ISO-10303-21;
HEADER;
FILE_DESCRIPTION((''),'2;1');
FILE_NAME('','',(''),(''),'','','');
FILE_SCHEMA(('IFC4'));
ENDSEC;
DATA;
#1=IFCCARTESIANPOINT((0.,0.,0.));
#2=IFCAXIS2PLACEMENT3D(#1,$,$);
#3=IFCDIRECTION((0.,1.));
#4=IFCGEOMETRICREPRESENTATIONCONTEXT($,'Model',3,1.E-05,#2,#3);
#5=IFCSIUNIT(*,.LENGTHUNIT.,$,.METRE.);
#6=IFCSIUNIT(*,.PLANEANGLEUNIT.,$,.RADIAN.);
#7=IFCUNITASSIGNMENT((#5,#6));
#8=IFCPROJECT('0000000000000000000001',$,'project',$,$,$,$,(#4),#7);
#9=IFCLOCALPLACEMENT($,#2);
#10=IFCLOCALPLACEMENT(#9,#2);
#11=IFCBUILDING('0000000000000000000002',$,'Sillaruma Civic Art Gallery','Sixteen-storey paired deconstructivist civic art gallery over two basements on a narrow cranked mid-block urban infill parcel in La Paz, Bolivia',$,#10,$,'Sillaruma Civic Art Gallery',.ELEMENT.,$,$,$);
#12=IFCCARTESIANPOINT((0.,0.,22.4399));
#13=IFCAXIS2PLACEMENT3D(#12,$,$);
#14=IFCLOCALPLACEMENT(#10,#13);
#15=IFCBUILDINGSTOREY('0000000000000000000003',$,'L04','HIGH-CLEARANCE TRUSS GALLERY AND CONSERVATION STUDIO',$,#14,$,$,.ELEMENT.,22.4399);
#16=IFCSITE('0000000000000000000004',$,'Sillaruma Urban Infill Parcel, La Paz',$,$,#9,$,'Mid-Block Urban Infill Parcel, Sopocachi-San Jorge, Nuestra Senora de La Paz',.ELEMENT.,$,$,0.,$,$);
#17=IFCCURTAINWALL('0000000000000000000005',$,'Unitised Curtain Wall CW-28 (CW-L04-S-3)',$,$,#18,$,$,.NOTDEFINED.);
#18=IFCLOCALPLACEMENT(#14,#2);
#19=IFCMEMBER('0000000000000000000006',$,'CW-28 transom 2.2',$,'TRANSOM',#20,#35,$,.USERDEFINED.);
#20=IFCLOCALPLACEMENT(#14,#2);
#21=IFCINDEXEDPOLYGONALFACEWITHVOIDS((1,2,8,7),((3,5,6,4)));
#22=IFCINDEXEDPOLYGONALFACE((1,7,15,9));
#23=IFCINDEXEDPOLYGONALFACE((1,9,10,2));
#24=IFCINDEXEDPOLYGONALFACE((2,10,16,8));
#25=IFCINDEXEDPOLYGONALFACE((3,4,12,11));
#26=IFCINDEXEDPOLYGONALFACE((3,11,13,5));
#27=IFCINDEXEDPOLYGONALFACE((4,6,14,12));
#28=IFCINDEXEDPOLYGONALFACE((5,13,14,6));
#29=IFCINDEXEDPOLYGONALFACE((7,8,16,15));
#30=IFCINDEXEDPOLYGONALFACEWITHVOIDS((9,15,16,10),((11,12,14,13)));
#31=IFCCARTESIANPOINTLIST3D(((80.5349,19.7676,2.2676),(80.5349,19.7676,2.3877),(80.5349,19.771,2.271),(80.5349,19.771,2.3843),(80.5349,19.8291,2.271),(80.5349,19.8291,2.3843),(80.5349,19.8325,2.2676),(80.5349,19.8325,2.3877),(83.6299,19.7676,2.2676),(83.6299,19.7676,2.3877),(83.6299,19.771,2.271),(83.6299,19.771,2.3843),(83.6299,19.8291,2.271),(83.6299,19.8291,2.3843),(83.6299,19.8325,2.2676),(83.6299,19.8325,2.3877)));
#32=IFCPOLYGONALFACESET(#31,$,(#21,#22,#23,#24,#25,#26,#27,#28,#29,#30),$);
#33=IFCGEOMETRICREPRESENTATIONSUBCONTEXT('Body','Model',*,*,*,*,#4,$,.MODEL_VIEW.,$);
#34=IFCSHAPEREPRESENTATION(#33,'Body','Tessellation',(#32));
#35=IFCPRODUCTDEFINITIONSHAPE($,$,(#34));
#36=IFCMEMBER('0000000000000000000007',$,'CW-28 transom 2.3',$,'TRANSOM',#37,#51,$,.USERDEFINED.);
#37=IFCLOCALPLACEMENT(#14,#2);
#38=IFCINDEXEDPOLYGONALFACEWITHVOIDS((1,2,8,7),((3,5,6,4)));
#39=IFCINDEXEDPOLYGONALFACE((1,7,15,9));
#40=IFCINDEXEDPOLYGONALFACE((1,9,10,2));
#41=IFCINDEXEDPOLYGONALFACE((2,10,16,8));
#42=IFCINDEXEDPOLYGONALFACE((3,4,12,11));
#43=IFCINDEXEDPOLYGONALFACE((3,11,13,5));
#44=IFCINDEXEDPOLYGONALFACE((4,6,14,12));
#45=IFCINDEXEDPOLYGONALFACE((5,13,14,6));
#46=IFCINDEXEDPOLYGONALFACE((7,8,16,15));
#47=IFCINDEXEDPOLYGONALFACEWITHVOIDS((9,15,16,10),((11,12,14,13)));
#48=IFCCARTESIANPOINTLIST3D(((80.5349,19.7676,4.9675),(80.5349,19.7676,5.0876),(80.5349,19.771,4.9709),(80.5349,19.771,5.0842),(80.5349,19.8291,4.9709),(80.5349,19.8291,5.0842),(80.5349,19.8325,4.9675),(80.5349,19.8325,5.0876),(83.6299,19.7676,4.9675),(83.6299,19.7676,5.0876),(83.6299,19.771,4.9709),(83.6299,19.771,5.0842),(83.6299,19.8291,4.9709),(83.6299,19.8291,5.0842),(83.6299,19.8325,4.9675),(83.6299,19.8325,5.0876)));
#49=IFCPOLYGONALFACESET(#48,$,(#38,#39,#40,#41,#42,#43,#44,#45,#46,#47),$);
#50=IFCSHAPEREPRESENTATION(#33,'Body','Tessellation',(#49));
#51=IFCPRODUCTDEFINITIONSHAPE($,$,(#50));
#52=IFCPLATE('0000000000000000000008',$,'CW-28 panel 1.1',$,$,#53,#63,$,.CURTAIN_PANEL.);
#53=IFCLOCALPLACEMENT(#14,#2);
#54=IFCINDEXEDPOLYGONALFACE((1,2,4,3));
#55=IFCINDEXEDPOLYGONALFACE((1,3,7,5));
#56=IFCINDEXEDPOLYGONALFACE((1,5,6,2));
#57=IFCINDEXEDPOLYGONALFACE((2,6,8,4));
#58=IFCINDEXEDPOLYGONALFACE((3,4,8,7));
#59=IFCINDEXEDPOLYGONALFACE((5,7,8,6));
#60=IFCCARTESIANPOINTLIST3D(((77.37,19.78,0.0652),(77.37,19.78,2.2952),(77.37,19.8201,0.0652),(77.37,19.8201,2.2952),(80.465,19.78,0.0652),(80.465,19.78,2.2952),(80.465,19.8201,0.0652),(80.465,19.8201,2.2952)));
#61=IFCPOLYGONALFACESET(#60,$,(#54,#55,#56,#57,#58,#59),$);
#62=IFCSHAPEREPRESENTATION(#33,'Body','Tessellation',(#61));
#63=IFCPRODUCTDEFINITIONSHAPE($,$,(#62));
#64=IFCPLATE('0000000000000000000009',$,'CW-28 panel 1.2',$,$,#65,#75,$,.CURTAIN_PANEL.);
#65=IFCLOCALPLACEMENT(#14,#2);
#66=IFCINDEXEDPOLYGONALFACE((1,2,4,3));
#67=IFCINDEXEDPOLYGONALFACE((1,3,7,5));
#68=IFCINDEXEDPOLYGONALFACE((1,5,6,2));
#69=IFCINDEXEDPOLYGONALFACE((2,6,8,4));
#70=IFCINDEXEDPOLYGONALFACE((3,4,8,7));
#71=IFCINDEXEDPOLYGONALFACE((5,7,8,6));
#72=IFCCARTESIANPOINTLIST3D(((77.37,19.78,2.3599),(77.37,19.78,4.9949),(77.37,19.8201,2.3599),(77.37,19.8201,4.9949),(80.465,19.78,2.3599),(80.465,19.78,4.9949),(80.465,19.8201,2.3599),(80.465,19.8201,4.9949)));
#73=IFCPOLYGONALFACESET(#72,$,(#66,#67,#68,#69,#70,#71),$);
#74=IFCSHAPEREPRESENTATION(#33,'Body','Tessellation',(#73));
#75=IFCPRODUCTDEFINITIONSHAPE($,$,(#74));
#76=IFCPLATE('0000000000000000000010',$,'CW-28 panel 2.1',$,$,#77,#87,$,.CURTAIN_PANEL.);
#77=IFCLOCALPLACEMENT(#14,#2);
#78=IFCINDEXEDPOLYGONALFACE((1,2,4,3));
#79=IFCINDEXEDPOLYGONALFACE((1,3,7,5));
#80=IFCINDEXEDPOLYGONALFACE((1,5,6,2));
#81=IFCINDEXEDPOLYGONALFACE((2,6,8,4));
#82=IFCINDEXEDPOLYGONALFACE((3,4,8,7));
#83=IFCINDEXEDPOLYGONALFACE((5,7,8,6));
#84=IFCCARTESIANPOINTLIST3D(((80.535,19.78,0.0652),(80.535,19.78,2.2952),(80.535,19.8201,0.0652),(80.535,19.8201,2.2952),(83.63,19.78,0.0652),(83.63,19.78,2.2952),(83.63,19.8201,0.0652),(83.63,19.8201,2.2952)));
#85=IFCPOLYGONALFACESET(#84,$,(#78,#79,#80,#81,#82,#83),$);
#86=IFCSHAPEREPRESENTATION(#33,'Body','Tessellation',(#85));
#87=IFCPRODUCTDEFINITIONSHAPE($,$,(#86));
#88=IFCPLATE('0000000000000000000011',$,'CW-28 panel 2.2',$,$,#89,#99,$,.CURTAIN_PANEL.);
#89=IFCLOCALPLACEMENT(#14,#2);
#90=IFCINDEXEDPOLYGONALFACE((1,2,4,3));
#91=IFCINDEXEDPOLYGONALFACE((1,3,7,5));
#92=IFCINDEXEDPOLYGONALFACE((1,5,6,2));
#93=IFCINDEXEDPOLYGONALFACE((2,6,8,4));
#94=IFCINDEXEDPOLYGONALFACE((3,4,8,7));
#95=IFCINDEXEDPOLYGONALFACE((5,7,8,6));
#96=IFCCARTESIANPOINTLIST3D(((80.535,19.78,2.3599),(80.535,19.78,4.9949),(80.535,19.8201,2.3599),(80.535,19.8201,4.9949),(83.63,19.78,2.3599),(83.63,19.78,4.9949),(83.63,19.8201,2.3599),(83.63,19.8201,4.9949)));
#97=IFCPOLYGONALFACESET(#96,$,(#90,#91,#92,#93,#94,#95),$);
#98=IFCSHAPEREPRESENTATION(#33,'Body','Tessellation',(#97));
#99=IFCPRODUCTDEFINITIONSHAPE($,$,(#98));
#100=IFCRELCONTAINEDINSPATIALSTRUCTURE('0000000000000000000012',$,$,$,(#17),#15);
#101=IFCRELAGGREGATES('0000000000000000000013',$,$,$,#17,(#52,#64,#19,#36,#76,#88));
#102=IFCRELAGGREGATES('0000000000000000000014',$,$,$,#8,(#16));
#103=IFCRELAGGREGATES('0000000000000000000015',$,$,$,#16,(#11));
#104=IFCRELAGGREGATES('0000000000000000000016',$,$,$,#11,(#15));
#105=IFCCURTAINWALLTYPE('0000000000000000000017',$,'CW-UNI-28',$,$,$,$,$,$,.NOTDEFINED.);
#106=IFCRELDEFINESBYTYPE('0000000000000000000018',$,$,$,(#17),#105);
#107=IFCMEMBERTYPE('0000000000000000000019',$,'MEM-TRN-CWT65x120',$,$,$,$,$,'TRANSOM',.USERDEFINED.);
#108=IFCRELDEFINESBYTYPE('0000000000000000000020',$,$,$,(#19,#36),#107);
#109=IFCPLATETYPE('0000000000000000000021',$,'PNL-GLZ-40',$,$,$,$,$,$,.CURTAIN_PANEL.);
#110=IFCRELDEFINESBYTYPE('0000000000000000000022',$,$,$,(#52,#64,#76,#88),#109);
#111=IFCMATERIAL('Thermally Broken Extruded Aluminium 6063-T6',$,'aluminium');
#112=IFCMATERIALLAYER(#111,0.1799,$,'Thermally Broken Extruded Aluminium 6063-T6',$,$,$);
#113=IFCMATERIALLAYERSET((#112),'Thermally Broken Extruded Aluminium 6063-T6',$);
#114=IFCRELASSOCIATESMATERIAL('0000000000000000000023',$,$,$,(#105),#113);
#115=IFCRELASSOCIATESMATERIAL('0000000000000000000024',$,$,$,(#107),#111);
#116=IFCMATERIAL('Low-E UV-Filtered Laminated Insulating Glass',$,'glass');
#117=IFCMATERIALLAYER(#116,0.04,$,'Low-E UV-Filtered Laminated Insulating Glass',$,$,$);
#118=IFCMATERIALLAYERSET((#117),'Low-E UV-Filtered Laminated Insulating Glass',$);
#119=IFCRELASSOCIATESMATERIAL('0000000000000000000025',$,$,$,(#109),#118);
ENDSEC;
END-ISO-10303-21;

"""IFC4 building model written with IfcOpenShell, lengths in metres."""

from ifc_helpers import new_model, si_unit, direction, frame, origin, origin_2d, place, context, subcontext, project, spatial, rectangle, hollow_rectangle, extrude, material, layer, layer_set, material_profile, profile_set, type_object, element, aggregate, save


model = new_model("IFC4")

# Units and contexts
model_context = context("Model", 3, precision=1e-05, world=origin(), true_north=direction((0.0, 1.0)))
body_context = subcontext(model_context, "Body", "Model", "MODEL_VIEW")
ifc_project = project(units=[si_unit("LENGTHUNIT", "METRE"), si_unit("PLANEANGLEUNIT", "RADIAN")], contexts=[model_context])

# Site, building, storey
site_placement = place(None, origin())
site = spatial("IfcSite", under=ifc_project, at=site_placement, Name="Sillaruma Urban Infill Parcel, La Paz", LongName="Mid-Block Urban Infill Parcel, Sopocachi-San Jorge, Nuestra Senora de La Paz", CompositionType="ELEMENT", RefElevation=0.0)
building_placement = place(site_placement, origin())
building = spatial("IfcBuilding", under=site, at=building_placement, Name="Sillaruma Civic Art Gallery", Description="Sixteen-storey paired deconstructivist civic art gallery over two basements on a narrow cranked mid-block urban infill parcel in La Paz, Bolivia", LongName="Sillaruma Civic Art Gallery", CompositionType="ELEMENT")
storey_placement = place(building_placement, frame((0.0, 0.0, 22.4399)))
storey = spatial("IfcBuildingStorey", under=building, at=storey_placement, Name="L04", Description="HIGH-CLEARANCE TRUSS GALLERY AND CONSERVATION STUDIO", CompositionType="ELEMENT", Elevation=22.4399)

# Curtain wall, members, plates
ifc_material_1 = material(Name="Thermally Broken Extruded Aluminium 6063-T6", Category="aluminium")
ifc_layer_1 = layer(ifc_material_1, 0.1799, Name="Thermally Broken Extruded Aluminium 6063-T6")
ifc_layer_set_1 = layer_set([ifc_layer_1], Name="Thermally Broken Extruded Aluminium 6063-T6")
curtain_wall_type = type_object("IfcCurtainWallType", Name="CW-UNI-28", PredefinedType="NOTDEFINED", material=ifc_layer_set_1)
curtain_wall_placement = place(storey_placement, origin())
curtain_wall = element("IfcCurtainWall", 1, at=curtain_wall_placement, inside=storey, type_object=curtain_wall_type, Name="Unitised Curtain Wall CW-28 (CW-L04-S-3)", PredefinedType="NOTDEFINED")
ifc_material_profile_1 = material_profile(ifc_material_1, hollow_rectangle(XDim=0.0649, YDim=0.1201, WallThickness=0.0034, at=origin_2d()), Name="CWT65x120")
ifc_profile_set_1 = profile_set([ifc_material_profile_1], Name="Thermally Broken Extruded Aluminium 6063-T6")
member_type_1 = type_object("IfcMemberType", Name="MEM-TRN-CWT65x120", ElementType="TRANSOM", PredefinedType="USERDEFINED", material=ifc_profile_set_1)
member_1_placement = place(storey_placement, frame((80.5349, 19.8, 2.3276), z_axis=(1.0, 0.0, 0.0), x_axis=(0.0, 1.0, 0.0)))
member_1 = element("IfcMember", 2, at=member_1_placement, type_object=member_type_1, Name="CW-28 transom 2.2", ObjectType="TRANSOM", PredefinedType="USERDEFINED", context=body_context, shape_type="SweptSolid", body=[
    extrude(hollow_rectangle(XDim=0.0649, YDim=0.1201, WallThickness=0.0034, at=origin_2d()), origin(), (0.0, 0.0, 1.0), 3.095),
])
member_2_placement = place(storey_placement, frame((80.5349, 19.8, 5.0276), z_axis=(1.0, 0.0, 0.0), x_axis=(0.0, 1.0, 0.0)))
member_2 = element("IfcMember", 3, at=member_2_placement, type_object=member_type_1, Name="CW-28 transom 2.3", ObjectType="TRANSOM", PredefinedType="USERDEFINED", context=body_context, shape_type="SweptSolid", body=[
    extrude(hollow_rectangle(XDim=0.0649, YDim=0.1201, WallThickness=0.0034, at=origin_2d()), origin(), (0.0, 0.0, 1.0), 3.095),
])
ifc_material_2 = material(Name="Low-E UV-Filtered Laminated Insulating Glass", Category="glass")
ifc_layer_2 = layer(ifc_material_2, 0.04, Name="Low-E UV-Filtered Laminated Insulating Glass")
ifc_layer_set_2 = layer_set([ifc_layer_2], Name="Low-E UV-Filtered Laminated Insulating Glass")
plate_type = type_object("IfcPlateType", Name="PNL-GLZ-40", PredefinedType="CURTAIN_PANEL", material=ifc_layer_set_2)
plate_1_placement = place(storey_placement, frame((78.9175, 19.8, 0.0652), z_axis=(0.0, 0.0, 1.0), x_axis=(1.0, 0.0, 0.0)))
plate_1 = element("IfcPlate", 4, at=plate_1_placement, type_object=plate_type, Name="CW-28 panel 1.1", PredefinedType="CURTAIN_PANEL", context=body_context, shape_type="SweptSolid", body=[
    extrude(rectangle(XDim=3.095, YDim=0.04, at=origin_2d()), origin(), (0.0, 0.0, 1.0), 2.23),
])
plate_2_placement = place(storey_placement, frame((78.9175, 19.8, 2.3599), z_axis=(0.0, 0.0, 1.0), x_axis=(1.0, 0.0, 0.0)))
plate_2 = element("IfcPlate", 5, at=plate_2_placement, type_object=plate_type, Name="CW-28 panel 1.2", PredefinedType="CURTAIN_PANEL", context=body_context, shape_type="SweptSolid", body=[
    extrude(rectangle(XDim=3.095, YDim=0.04, at=origin_2d()), origin(), (0.0, 0.0, 1.0), 2.635),
])
plate_3_placement = place(storey_placement, frame((82.0825, 19.8, 0.0652), z_axis=(0.0, 0.0, 1.0), x_axis=(1.0, 0.0, 0.0)))
plate_3 = element("IfcPlate", 6, at=plate_3_placement, type_object=plate_type, Name="CW-28 panel 2.1", PredefinedType="CURTAIN_PANEL", context=body_context, shape_type="SweptSolid", body=[
    extrude(rectangle(XDim=3.095, YDim=0.04, at=origin_2d()), origin(), (0.0, 0.0, 1.0), 2.23),
])
plate_4_placement = place(storey_placement, frame((82.0825, 19.8, 2.3599), z_axis=(0.0, 0.0, 1.0), x_axis=(1.0, 0.0, 0.0)))
plate_4 = element("IfcPlate", 7, at=plate_4_placement, type_object=plate_type, Name="CW-28 panel 2.2", PredefinedType="CURTAIN_PANEL", context=body_context, shape_type="SweptSolid", body=[
    extrude(rectangle(XDim=3.095, YDim=0.04, at=origin_2d()), origin(), (0.0, 0.0, 1.0), 2.635),
])
aggregate(curtain_wall, [plate_1, plate_2, member_1, member_2, plate_3, plate_4])

save(model, "model.ifc")
